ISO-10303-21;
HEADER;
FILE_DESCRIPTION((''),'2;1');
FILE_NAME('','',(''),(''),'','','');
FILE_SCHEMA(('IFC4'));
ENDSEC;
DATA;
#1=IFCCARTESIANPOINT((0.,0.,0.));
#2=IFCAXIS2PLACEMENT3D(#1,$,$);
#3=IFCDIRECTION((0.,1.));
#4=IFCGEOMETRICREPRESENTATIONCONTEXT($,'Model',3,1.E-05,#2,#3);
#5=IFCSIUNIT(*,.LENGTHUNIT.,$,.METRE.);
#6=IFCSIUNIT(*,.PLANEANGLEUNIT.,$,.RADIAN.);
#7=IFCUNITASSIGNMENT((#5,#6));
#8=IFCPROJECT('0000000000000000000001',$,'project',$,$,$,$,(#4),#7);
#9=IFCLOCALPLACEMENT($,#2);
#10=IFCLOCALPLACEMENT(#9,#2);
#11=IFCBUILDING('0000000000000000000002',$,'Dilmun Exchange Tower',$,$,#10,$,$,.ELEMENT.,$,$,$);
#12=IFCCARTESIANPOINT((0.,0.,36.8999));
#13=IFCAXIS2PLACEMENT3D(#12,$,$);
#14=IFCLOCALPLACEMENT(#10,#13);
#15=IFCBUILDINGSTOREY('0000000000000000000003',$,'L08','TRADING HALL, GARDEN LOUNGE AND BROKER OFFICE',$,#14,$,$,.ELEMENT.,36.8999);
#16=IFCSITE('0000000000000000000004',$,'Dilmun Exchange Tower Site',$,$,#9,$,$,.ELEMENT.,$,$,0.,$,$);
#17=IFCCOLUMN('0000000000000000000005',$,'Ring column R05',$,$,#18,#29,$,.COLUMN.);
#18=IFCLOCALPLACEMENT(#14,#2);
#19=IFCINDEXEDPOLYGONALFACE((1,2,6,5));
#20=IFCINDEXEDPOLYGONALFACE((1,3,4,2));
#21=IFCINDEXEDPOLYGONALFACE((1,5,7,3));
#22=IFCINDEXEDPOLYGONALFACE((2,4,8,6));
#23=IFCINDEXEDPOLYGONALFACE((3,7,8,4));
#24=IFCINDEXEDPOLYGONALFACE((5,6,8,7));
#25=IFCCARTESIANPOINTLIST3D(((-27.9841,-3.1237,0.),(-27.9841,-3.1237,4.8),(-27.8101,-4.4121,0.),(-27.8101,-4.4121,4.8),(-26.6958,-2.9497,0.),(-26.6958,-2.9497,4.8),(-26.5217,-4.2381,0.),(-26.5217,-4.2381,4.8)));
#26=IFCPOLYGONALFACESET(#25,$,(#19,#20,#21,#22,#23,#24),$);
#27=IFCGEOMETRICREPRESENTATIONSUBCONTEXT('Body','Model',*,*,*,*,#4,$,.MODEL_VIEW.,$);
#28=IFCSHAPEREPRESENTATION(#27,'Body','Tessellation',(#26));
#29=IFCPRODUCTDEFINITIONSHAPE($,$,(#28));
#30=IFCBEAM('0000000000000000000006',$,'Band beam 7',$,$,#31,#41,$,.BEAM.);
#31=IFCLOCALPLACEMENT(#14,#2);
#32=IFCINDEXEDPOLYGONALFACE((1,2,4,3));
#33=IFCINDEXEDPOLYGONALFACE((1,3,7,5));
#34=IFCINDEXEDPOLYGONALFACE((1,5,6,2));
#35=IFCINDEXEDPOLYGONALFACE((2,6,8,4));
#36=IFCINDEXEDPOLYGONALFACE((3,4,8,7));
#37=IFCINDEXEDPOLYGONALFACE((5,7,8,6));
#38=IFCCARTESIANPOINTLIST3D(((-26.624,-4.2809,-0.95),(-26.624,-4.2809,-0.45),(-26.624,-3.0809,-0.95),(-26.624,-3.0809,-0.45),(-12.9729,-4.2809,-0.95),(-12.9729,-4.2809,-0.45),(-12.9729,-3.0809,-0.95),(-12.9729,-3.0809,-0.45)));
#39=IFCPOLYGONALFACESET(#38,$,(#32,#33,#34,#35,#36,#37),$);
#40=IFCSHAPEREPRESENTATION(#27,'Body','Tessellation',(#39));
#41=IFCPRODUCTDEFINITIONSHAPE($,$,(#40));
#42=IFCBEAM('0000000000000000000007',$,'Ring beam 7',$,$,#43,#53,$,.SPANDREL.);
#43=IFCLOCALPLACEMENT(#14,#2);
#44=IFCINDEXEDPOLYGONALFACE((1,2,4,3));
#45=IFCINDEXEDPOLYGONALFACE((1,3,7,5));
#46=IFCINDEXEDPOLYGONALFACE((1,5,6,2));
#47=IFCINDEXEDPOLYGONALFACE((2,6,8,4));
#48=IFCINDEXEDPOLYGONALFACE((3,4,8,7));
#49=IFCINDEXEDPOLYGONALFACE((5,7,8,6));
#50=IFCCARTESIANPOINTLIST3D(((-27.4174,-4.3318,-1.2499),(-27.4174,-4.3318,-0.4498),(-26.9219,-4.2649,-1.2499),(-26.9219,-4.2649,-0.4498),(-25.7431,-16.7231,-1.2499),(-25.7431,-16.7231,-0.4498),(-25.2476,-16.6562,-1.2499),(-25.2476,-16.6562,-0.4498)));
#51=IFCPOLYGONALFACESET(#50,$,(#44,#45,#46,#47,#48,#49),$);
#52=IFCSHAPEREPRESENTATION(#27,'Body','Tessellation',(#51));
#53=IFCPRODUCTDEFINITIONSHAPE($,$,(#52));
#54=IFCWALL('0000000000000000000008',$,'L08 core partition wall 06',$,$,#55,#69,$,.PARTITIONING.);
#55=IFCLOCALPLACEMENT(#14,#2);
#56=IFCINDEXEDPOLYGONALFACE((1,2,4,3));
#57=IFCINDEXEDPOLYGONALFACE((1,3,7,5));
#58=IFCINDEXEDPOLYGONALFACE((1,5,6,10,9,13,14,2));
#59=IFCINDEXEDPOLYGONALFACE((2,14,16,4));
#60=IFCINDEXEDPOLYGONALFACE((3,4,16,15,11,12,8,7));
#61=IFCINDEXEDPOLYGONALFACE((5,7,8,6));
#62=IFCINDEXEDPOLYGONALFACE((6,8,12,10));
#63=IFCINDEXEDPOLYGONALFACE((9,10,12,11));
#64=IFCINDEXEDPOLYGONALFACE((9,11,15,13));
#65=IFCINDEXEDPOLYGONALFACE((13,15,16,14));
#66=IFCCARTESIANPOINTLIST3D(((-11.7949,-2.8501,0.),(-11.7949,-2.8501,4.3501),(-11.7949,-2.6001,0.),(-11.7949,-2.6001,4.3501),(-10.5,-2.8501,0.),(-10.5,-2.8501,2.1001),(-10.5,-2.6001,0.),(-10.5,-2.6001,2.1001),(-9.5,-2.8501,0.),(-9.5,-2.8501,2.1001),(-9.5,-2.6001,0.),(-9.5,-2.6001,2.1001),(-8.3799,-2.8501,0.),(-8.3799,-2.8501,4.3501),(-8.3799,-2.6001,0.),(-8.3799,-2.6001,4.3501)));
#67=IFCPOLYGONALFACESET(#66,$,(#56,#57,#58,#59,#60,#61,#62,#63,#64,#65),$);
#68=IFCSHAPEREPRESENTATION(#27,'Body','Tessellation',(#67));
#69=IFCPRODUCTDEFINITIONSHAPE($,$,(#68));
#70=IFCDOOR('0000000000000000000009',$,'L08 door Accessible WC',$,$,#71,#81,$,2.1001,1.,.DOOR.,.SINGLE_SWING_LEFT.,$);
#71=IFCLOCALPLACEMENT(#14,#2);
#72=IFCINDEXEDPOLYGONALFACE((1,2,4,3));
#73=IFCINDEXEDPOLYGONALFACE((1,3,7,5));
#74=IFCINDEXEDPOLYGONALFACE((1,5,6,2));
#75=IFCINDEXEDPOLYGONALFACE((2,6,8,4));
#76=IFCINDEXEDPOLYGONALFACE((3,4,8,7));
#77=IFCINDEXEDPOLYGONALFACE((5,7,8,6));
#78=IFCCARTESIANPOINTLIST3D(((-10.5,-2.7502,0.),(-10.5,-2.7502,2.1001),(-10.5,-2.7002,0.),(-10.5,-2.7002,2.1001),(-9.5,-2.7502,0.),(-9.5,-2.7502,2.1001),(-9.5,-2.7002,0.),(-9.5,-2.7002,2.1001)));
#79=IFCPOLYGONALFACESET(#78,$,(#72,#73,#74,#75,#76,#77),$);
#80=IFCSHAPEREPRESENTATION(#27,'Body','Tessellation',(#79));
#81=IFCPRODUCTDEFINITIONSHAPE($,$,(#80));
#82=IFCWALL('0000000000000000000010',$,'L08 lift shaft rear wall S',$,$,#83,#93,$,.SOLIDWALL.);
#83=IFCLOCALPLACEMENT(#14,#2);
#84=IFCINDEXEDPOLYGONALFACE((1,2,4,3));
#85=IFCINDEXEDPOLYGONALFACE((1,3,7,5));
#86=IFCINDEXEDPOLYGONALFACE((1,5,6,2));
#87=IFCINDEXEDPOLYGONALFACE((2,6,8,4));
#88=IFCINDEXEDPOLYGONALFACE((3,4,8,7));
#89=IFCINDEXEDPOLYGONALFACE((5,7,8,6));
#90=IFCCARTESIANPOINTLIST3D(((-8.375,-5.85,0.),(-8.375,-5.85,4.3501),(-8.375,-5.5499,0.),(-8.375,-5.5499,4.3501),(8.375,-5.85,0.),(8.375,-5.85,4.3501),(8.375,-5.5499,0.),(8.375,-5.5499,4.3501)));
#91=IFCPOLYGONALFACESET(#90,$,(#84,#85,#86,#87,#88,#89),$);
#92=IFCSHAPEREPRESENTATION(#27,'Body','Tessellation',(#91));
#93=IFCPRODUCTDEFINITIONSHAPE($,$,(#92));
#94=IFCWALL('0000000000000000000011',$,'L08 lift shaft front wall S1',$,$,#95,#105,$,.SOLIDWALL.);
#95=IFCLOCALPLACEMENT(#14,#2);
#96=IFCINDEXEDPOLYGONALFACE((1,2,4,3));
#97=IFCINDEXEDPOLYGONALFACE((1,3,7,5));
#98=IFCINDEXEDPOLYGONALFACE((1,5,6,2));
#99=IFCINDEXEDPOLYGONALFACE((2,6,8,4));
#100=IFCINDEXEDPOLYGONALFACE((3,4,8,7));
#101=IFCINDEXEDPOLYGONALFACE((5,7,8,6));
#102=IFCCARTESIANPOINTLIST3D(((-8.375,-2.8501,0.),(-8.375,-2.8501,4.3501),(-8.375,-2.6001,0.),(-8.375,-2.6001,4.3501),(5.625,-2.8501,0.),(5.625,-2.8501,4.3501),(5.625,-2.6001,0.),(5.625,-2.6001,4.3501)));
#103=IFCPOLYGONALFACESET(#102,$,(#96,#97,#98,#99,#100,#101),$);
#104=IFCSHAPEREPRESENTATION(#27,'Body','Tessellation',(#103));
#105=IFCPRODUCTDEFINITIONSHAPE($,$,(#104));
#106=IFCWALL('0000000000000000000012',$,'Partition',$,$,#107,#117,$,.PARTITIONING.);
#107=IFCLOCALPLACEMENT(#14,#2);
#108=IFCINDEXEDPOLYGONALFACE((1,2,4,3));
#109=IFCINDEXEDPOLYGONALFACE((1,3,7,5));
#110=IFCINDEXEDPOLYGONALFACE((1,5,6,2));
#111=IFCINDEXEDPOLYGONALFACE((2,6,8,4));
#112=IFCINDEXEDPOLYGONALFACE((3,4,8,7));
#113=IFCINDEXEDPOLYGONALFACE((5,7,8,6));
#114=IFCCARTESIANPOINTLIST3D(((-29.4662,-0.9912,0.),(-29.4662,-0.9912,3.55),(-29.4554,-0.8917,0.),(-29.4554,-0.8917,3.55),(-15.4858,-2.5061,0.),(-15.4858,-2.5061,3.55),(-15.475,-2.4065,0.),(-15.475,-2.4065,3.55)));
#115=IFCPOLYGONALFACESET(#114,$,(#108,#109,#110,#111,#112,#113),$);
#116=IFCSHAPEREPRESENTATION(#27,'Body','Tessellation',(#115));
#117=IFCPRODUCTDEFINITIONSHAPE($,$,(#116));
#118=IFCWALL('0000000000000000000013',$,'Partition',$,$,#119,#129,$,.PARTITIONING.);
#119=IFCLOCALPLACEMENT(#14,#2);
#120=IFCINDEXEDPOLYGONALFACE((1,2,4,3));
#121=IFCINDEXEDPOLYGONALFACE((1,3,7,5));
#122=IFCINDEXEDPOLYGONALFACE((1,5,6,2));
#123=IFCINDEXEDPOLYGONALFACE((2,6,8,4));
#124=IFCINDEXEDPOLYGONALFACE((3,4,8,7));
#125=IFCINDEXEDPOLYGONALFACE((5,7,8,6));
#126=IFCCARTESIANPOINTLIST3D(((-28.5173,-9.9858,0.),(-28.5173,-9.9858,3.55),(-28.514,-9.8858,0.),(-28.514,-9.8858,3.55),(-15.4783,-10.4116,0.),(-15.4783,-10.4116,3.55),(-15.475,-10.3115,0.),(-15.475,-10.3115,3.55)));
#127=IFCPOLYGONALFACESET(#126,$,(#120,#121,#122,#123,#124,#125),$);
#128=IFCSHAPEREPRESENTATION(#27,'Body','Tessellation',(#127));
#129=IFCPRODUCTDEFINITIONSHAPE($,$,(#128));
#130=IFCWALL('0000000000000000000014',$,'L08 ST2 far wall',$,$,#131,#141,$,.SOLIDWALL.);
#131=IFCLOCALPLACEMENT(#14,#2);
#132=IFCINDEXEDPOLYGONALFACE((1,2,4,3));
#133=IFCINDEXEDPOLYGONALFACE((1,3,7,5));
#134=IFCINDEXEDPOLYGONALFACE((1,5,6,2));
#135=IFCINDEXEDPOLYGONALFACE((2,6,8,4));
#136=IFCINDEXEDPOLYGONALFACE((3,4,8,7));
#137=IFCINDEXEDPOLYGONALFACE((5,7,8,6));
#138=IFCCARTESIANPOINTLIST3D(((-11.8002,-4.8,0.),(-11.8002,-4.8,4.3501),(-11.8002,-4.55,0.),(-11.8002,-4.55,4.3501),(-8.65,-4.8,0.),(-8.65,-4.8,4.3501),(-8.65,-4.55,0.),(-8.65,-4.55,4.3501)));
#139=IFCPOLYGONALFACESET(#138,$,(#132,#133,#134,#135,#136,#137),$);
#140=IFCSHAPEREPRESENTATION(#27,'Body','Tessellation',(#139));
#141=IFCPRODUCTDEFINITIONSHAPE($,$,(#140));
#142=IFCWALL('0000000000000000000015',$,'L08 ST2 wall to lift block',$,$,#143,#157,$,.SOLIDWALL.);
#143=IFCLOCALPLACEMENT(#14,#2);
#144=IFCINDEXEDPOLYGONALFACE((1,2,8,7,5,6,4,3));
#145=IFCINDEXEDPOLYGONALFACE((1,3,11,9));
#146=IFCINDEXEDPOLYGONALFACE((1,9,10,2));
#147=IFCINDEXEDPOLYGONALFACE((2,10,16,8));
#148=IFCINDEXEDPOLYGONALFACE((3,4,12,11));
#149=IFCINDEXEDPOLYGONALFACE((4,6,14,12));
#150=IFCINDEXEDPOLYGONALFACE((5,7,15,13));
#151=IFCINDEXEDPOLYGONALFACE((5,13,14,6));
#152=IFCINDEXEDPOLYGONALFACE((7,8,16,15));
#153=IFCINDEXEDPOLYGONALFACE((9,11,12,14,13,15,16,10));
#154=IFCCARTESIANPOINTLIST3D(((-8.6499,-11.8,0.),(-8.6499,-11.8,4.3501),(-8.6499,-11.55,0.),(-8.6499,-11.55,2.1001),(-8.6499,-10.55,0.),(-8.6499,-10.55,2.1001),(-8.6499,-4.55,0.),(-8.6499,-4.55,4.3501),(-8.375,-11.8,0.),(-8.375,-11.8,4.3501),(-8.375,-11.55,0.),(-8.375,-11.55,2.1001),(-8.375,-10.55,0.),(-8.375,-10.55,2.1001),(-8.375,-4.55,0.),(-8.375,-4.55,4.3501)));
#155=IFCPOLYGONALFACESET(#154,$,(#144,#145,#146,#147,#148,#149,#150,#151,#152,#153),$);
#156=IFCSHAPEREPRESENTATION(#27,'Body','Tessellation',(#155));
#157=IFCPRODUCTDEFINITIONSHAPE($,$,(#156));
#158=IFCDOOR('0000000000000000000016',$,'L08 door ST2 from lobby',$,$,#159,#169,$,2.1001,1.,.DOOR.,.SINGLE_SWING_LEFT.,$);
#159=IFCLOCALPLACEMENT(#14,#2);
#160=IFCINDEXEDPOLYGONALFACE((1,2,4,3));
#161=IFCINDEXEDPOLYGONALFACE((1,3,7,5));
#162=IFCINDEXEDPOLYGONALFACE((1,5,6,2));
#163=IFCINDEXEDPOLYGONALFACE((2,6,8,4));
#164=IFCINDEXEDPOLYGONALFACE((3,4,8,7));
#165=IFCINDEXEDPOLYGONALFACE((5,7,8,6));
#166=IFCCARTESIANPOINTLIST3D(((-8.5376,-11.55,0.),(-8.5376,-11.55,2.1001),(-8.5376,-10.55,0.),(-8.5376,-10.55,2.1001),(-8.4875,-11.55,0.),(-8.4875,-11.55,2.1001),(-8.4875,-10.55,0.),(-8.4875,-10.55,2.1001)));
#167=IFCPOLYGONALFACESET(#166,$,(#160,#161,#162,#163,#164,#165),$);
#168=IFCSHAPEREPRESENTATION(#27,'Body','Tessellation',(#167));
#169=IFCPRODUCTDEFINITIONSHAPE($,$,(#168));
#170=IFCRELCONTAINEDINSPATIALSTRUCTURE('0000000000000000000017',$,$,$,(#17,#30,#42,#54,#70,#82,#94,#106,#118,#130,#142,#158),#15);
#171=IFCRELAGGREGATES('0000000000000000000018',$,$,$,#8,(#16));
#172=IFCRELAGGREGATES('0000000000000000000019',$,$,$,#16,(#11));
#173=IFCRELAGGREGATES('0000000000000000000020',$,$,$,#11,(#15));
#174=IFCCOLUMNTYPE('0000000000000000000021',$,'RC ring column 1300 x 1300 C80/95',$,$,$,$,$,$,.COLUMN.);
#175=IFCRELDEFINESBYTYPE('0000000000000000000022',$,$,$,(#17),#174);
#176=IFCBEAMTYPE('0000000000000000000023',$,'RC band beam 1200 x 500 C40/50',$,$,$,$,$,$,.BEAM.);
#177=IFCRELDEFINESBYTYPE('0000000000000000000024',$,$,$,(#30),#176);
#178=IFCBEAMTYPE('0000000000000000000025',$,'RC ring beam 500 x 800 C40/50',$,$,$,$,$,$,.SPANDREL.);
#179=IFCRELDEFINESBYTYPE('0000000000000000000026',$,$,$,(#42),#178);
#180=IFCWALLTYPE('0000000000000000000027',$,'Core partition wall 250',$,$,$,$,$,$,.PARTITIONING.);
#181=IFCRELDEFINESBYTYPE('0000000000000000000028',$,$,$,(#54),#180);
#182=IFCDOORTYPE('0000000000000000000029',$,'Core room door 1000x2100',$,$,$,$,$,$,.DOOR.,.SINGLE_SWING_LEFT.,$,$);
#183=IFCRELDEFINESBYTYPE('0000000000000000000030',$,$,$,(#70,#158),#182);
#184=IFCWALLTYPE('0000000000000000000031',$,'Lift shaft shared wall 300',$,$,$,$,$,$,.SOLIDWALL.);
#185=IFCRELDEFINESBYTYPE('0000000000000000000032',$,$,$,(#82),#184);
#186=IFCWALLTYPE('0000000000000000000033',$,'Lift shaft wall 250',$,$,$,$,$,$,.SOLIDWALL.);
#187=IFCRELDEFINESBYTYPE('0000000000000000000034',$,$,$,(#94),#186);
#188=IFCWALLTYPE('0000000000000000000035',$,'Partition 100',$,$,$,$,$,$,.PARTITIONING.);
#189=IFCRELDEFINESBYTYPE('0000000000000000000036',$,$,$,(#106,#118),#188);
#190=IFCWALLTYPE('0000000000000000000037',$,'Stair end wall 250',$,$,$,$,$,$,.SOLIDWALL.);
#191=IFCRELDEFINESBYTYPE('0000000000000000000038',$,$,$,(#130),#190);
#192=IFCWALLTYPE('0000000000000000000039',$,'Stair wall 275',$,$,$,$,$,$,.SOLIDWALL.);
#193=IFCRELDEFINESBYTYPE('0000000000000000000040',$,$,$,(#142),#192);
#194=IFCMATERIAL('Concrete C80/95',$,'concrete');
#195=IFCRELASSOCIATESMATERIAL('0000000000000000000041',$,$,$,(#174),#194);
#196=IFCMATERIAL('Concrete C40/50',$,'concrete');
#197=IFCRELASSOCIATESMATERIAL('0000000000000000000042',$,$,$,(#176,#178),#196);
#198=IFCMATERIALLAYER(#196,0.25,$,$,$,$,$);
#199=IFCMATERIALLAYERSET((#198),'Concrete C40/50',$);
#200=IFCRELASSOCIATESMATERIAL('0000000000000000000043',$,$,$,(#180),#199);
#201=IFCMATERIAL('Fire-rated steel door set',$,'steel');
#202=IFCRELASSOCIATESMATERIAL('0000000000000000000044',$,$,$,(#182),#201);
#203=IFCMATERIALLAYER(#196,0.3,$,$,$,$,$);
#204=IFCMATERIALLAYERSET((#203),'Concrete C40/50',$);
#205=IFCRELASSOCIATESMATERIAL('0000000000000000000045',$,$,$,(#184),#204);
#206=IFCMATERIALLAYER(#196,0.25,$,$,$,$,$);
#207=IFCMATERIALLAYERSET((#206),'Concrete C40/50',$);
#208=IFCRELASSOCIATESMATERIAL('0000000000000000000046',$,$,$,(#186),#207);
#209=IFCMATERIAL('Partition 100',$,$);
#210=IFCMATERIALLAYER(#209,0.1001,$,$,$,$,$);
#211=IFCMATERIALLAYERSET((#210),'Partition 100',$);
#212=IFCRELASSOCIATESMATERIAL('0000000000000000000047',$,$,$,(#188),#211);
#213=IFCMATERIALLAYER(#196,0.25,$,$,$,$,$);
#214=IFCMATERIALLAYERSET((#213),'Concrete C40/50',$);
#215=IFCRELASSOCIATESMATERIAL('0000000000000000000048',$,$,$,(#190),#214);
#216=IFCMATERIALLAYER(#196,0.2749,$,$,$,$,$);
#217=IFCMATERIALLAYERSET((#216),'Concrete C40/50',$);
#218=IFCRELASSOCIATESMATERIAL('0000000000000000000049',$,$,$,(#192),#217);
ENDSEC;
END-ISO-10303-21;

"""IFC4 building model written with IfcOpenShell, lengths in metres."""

from ifc_helpers import new_model, si_unit, direction, frame, frame_2d, origin, origin_2d, place, context, subcontext, project, spatial, rectangle, extrude, material, layer, layer_set, material_profile, profile_set, type_object, element, fill, save


model = new_model("IFC4")

# Units and contexts
model_context = context("Model", 3, precision=1e-05, world=origin(), true_north=direction((0.0, 1.0)))
body_context = subcontext(model_context, "Body", "Model", "MODEL_VIEW")
ifc_project = project(units=[si_unit("LENGTHUNIT", "METRE"), si_unit("PLANEANGLEUNIT", "RADIAN")], contexts=[model_context])

# Site, building, storey
site_placement = place(None, origin())
site = spatial("IfcSite", under=ifc_project, at=site_placement, Name="Dilmun Exchange Tower Site", CompositionType="ELEMENT", RefElevation=0.0)
building_placement = place(site_placement, origin())
building = spatial("IfcBuilding", under=site, at=building_placement, Name="Dilmun Exchange Tower", CompositionType="ELEMENT")
storey_placement = place(building_placement, frame((0.0, 0.0, 36.8999)))
storey = spatial("IfcBuildingStorey", under=building, at=storey_placement, Name="L08", Description="TRADING HALL, GARDEN LOUNGE AND BROKER OFFICE", CompositionType="ELEMENT", Elevation=36.8999)

# Column
ifc_material_1 = material(Name="Concrete C80/95", Category="concrete")
ifc_material_profile_1 = material_profile(ifc_material_1, rectangle(XDim=1.3, YDim=1.3, at=origin_2d()), Name="1300 x 1300")
ifc_profile_set_1 = profile_set([ifc_material_profile_1], Name="Concrete C80/95")
column_type = type_object("IfcColumnType", Name="RC ring column 1300 x 1300 C80/95", PredefinedType="COLUMN", material=ifc_profile_set_1)
column_placement = place(storey_placement, frame((-27.2529, -3.6809, 0.0), z_axis=(0.0, 0.0, 1.0), x_axis=(0.991001, 0.133853, 0.0)))
element("IfcColumn", 1, at=column_placement, inside=storey, type_object=column_type, Name="Ring column R05", PredefinedType="COLUMN", context=body_context, shape_type="SweptSolid", body=[
    extrude(rectangle(XDim=1.3, YDim=1.3, at=origin_2d()), origin(), (0.0, 0.0, 1.0), 4.8),
])

# Beams
ifc_material_2 = material(Name="Concrete C40/50", Category="concrete")
ifc_material_profile_2 = material_profile(ifc_material_2, rectangle(XDim=1.2, YDim=0.5, at=origin_2d()), Name="1200 x 500")
ifc_profile_set_2 = profile_set([ifc_material_profile_2], Name="Concrete C40/50")
beam_type_1 = type_object("IfcBeamType", Name="RC band beam 1200 x 500 C40/50", PredefinedType="BEAM", material=ifc_profile_set_2)
beam_1_placement = place(storey_placement, frame((-26.624, -3.6809, -0.7), z_axis=(1.0, 0.0, 0.0), x_axis=(0.0, 1.0, 0.0)))
element("IfcBeam", 2, at=beam_1_placement, inside=storey, type_object=beam_type_1, Name="Band beam 7", PredefinedType="BEAM", context=body_context, shape_type="SweptSolid", body=[
    extrude(rectangle(XDim=1.2, YDim=0.5, at=origin_2d()), origin(), (0.0, 0.0, 1.0), 13.6511),
])
ifc_material_profile_3 = material_profile(ifc_material_2, rectangle(XDim=0.5, YDim=0.8, at=origin_2d()), Name="500 x 800")
ifc_profile_set_3 = profile_set([ifc_material_profile_3], Name="Concrete C40/50")
beam_type_2 = type_object("IfcBeamType", Name="RC ring beam 500 x 800 C40/50", PredefinedType="SPANDREL", material=ifc_profile_set_3)
beam_2_placement = place(storey_placement, frame((-27.1697, -4.2983, -0.8499), z_axis=(0.133903, -0.990994, 0.0), x_axis=(0.990994, 0.133903, 0.0)))
element("IfcBeam", 3, at=beam_2_placement, inside=storey, type_object=beam_type_2, Name="Ring beam 7", PredefinedType="SPANDREL", context=body_context, shape_type="SweptSolid", body=[
    extrude(rectangle(XDim=0.5, YDim=0.8, at=origin_2d()), origin(), (0.0, 0.0, 1.0), 12.5039),
])

# Wall, opening, door
ifc_layer_1 = layer(ifc_material_2, 0.25)
ifc_layer_set_1 = layer_set([ifc_layer_1], Name="Concrete C40/50")
wall_type_1 = type_object("IfcWallType", Name="Core partition wall 250", PredefinedType="PARTITIONING", material=ifc_layer_set_1)
wall_1_placement = place(storey_placement, frame((-11.7949, -2.7251, 0.0), z_axis=(0.0, 0.0, 1.0), x_axis=(1.0, 0.0, 0.0)))
wall_1 = element("IfcWall", 4, at=wall_1_placement, inside=storey, type_object=wall_type_1, Name="L08 core partition wall 06", PredefinedType="PARTITIONING", context=body_context, shape_type="SweptSolid", body=[
    extrude(rectangle(XDim=3.415, YDim=0.25, at=frame_2d((1.7075, 0.0))), origin(), (0.0, 0.0, 1.0), 4.3501),
])
opening_1_placement = place(wall_1_placement, frame((1.2949, 0.0, 0.0)))
opening_1 = element("IfcOpeningElement", 5, at=opening_1_placement, cuts=wall_1, PredefinedType="OPENING", context=body_context, shape_type="SweptSolid", body=[
    extrude(rectangle(XDim=1.0, YDim=2.1001, at=frame_2d((0.5, 1.05))), frame((0.0, 0.135, 0.0), z_axis=(0.0, -1.0, 0.0), x_axis=(1.0, 0.0, 0.0)), (0.0, 0.0, 1.0), 0.27),
])
ifc_material_3 = material(Name="Fire-rated steel door set", Category="steel")
door_type = type_object("IfcDoorType", Name="Core room door 1000x2100", OperationType="SINGLE_SWING_LEFT", PredefinedType="DOOR", material=ifc_material_3)
door_1_placement = place(opening_1_placement, origin())
door_1 = element("IfcDoor", 6, at=door_1_placement, inside=storey, type_object=door_type, Name="L08 door Accessible WC", OperationType="SINGLE_SWING_LEFT", OverallHeight=2.1001, OverallWidth=1.0, PredefinedType="DOOR", context=body_context, shape_type="SweptSolid", body=[
    extrude(rectangle(XDim=1.0, YDim=2.1001, at=frame_2d((0.5, 1.05))), frame((0.0, 0.0249, 0.0), z_axis=(0.0, -1.0, 0.0), x_axis=(1.0, 0.0, 0.0)), (0.0, 0.0, 1.0), 0.05),
])
fill(opening_1, door_1)

# Walls
ifc_layer_2 = layer(ifc_material_2, 0.3)
ifc_layer_set_2 = layer_set([ifc_layer_2], Name="Concrete C40/50")
wall_type_2 = type_object("IfcWallType", Name="Lift shaft shared wall 300", PredefinedType="SOLIDWALL", material=ifc_layer_set_2)
wall_2_placement = place(storey_placement, frame((-8.375, -5.7, 0.0), z_axis=(0.0, 0.0, 1.0), x_axis=(1.0, 0.0, 0.0)))
element("IfcWall", 7, at=wall_2_placement, inside=storey, type_object=wall_type_2, Name="L08 lift shaft rear wall S", PredefinedType="SOLIDWALL", context=body_context, shape_type="SweptSolid", body=[
    extrude(rectangle(XDim=16.75, YDim=0.3, at=frame_2d((8.375, 0.0))), origin(), (0.0, 0.0, 1.0), 4.3501),
])
ifc_layer_3 = layer(ifc_material_2, 0.25)
ifc_layer_set_3 = layer_set([ifc_layer_3], Name="Concrete C40/50")
wall_type_3 = type_object("IfcWallType", Name="Lift shaft wall 250", PredefinedType="SOLIDWALL", material=ifc_layer_set_3)
wall_3_placement = place(storey_placement, frame((-8.375, -2.7251, 0.0), z_axis=(0.0, 0.0, 1.0), x_axis=(1.0, 0.0, 0.0)))
element("IfcWall", 8, at=wall_3_placement, inside=storey, type_object=wall_type_3, Name="L08 lift shaft front wall S1", PredefinedType="SOLIDWALL", context=body_context, shape_type="SweptSolid", body=[
    extrude(rectangle(XDim=14.0, YDim=0.25, at=frame_2d((7.0, 0.0))), origin(), (0.0, 0.0, 1.0), 4.3501),
])
ifc_material_4 = material(Name="Partition 100")
ifc_layer_4 = layer(ifc_material_4, 0.1001)
ifc_layer_set_4 = layer_set([ifc_layer_4], Name="Partition 100")
wall_type_4 = type_object("IfcWallType", Name="Partition 100", PredefinedType="PARTITIONING", material=ifc_layer_set_4)
wall_4_placement = place(storey_placement, frame((-29.4609, -0.9414, 0.0), z_axis=(0.0, 0.0, 1.0), x_axis=(0.99418, -0.107727, 0.0)))
element("IfcWall", 9, at=wall_4_placement, inside=storey, type_object=wall_type_4, Name="Partition", PredefinedType="PARTITIONING", context=body_context, shape_type="SweptSolid", body=[
    extrude(rectangle(XDim=14.0623, YDim=0.1001, at=frame_2d((7.0312, 0.0))), origin(), (0.0, 0.0, 1.0), 3.55),
])
wall_5_placement = place(storey_placement, frame((-28.5156, -9.9358, 0.0), z_axis=(0.0, 0.0, 1.0), x_axis=(0.999467, -0.032637, 0.0)))
element("IfcWall", 10, at=wall_5_placement, inside=storey, type_object=wall_type_4, Name="Partition", PredefinedType="PARTITIONING", context=body_context, shape_type="SweptSolid", body=[
    extrude(rectangle(XDim=13.0459, YDim=0.1001, at=frame_2d((6.5229, 0.0))), origin(), (0.0, 0.0, 1.0), 3.55),
])
ifc_layer_5 = layer(ifc_material_2, 0.25)
ifc_layer_set_5 = layer_set([ifc_layer_5], Name="Concrete C40/50")
wall_type_5 = type_object("IfcWallType", Name="Stair end wall 250", PredefinedType="SOLIDWALL", material=ifc_layer_set_5)
wall_6_placement = place(storey_placement, frame((-8.6499, -4.675, 0.0), z_axis=(0.0, 0.0, 1.0), x_axis=(-1.0, 0.0, 0.0)))
element("IfcWall", 11, at=wall_6_placement, inside=storey, type_object=wall_type_5, Name="L08 ST2 far wall", PredefinedType="SOLIDWALL", context=body_context, shape_type="SweptSolid", body=[
    extrude(rectangle(XDim=3.1501, YDim=0.25, at=frame_2d((1.5752, 0.0))), origin(), (0.0, 0.0, 1.0), 4.3501),
])

# Wall, opening, door
ifc_layer_6 = layer(ifc_material_2, 0.2749)
ifc_layer_set_6 = layer_set([ifc_layer_6], Name="Concrete C40/50")
wall_type_6 = type_object("IfcWallType", Name="Stair wall 275", PredefinedType="SOLIDWALL", material=ifc_layer_set_6)
wall_7_placement = place(storey_placement, frame((-8.5125, -4.55, 0.0), z_axis=(0.0, 0.0, 1.0), x_axis=(0.0, -1.0, 0.0)))
wall_7 = element("IfcWall", 12, at=wall_7_placement, inside=storey, type_object=wall_type_6, Name="L08 ST2 wall to lift block", PredefinedType="SOLIDWALL", context=body_context, shape_type="SweptSolid", body=[
    extrude(rectangle(XDim=7.25, YDim=0.2749, at=frame_2d((3.625, 0.0))), origin(), (0.0, 0.0, 1.0), 4.3501),
])
opening_2_placement = place(wall_7_placement, frame((6.0, 0.0, 0.0)))
opening_2 = element("IfcOpeningElement", 13, at=opening_2_placement, cuts=wall_7, PredefinedType="OPENING", context=body_context, shape_type="SweptSolid", body=[
    extrude(rectangle(XDim=1.0, YDim=2.1001, at=frame_2d((0.5, 1.05))), frame((0.0, 0.1475, 0.0), z_axis=(0.0, -1.0, 0.0), x_axis=(1.0, 0.0, 0.0)), (0.0, 0.0, 1.0), 0.2949),
])
door_2_placement = place(opening_2_placement, origin())
door_2 = element("IfcDoor", 14, at=door_2_placement, inside=storey, type_object=door_type, Name="L08 door ST2 from lobby", OperationType="SINGLE_SWING_LEFT", OverallHeight=2.1001, OverallWidth=1.0, PredefinedType="DOOR", context=body_context, shape_type="SweptSolid", body=[
    extrude(rectangle(XDim=1.0, YDim=2.1001, at=frame_2d((0.5, 1.05))), frame((0.0, 0.0249, 0.0), z_axis=(0.0, -1.0, 0.0), x_axis=(1.0, 0.0, 0.0)), (0.0, 0.0, 1.0), 0.05),
])
fill(opening_2, door_2)

save(model, "model.ifc")
